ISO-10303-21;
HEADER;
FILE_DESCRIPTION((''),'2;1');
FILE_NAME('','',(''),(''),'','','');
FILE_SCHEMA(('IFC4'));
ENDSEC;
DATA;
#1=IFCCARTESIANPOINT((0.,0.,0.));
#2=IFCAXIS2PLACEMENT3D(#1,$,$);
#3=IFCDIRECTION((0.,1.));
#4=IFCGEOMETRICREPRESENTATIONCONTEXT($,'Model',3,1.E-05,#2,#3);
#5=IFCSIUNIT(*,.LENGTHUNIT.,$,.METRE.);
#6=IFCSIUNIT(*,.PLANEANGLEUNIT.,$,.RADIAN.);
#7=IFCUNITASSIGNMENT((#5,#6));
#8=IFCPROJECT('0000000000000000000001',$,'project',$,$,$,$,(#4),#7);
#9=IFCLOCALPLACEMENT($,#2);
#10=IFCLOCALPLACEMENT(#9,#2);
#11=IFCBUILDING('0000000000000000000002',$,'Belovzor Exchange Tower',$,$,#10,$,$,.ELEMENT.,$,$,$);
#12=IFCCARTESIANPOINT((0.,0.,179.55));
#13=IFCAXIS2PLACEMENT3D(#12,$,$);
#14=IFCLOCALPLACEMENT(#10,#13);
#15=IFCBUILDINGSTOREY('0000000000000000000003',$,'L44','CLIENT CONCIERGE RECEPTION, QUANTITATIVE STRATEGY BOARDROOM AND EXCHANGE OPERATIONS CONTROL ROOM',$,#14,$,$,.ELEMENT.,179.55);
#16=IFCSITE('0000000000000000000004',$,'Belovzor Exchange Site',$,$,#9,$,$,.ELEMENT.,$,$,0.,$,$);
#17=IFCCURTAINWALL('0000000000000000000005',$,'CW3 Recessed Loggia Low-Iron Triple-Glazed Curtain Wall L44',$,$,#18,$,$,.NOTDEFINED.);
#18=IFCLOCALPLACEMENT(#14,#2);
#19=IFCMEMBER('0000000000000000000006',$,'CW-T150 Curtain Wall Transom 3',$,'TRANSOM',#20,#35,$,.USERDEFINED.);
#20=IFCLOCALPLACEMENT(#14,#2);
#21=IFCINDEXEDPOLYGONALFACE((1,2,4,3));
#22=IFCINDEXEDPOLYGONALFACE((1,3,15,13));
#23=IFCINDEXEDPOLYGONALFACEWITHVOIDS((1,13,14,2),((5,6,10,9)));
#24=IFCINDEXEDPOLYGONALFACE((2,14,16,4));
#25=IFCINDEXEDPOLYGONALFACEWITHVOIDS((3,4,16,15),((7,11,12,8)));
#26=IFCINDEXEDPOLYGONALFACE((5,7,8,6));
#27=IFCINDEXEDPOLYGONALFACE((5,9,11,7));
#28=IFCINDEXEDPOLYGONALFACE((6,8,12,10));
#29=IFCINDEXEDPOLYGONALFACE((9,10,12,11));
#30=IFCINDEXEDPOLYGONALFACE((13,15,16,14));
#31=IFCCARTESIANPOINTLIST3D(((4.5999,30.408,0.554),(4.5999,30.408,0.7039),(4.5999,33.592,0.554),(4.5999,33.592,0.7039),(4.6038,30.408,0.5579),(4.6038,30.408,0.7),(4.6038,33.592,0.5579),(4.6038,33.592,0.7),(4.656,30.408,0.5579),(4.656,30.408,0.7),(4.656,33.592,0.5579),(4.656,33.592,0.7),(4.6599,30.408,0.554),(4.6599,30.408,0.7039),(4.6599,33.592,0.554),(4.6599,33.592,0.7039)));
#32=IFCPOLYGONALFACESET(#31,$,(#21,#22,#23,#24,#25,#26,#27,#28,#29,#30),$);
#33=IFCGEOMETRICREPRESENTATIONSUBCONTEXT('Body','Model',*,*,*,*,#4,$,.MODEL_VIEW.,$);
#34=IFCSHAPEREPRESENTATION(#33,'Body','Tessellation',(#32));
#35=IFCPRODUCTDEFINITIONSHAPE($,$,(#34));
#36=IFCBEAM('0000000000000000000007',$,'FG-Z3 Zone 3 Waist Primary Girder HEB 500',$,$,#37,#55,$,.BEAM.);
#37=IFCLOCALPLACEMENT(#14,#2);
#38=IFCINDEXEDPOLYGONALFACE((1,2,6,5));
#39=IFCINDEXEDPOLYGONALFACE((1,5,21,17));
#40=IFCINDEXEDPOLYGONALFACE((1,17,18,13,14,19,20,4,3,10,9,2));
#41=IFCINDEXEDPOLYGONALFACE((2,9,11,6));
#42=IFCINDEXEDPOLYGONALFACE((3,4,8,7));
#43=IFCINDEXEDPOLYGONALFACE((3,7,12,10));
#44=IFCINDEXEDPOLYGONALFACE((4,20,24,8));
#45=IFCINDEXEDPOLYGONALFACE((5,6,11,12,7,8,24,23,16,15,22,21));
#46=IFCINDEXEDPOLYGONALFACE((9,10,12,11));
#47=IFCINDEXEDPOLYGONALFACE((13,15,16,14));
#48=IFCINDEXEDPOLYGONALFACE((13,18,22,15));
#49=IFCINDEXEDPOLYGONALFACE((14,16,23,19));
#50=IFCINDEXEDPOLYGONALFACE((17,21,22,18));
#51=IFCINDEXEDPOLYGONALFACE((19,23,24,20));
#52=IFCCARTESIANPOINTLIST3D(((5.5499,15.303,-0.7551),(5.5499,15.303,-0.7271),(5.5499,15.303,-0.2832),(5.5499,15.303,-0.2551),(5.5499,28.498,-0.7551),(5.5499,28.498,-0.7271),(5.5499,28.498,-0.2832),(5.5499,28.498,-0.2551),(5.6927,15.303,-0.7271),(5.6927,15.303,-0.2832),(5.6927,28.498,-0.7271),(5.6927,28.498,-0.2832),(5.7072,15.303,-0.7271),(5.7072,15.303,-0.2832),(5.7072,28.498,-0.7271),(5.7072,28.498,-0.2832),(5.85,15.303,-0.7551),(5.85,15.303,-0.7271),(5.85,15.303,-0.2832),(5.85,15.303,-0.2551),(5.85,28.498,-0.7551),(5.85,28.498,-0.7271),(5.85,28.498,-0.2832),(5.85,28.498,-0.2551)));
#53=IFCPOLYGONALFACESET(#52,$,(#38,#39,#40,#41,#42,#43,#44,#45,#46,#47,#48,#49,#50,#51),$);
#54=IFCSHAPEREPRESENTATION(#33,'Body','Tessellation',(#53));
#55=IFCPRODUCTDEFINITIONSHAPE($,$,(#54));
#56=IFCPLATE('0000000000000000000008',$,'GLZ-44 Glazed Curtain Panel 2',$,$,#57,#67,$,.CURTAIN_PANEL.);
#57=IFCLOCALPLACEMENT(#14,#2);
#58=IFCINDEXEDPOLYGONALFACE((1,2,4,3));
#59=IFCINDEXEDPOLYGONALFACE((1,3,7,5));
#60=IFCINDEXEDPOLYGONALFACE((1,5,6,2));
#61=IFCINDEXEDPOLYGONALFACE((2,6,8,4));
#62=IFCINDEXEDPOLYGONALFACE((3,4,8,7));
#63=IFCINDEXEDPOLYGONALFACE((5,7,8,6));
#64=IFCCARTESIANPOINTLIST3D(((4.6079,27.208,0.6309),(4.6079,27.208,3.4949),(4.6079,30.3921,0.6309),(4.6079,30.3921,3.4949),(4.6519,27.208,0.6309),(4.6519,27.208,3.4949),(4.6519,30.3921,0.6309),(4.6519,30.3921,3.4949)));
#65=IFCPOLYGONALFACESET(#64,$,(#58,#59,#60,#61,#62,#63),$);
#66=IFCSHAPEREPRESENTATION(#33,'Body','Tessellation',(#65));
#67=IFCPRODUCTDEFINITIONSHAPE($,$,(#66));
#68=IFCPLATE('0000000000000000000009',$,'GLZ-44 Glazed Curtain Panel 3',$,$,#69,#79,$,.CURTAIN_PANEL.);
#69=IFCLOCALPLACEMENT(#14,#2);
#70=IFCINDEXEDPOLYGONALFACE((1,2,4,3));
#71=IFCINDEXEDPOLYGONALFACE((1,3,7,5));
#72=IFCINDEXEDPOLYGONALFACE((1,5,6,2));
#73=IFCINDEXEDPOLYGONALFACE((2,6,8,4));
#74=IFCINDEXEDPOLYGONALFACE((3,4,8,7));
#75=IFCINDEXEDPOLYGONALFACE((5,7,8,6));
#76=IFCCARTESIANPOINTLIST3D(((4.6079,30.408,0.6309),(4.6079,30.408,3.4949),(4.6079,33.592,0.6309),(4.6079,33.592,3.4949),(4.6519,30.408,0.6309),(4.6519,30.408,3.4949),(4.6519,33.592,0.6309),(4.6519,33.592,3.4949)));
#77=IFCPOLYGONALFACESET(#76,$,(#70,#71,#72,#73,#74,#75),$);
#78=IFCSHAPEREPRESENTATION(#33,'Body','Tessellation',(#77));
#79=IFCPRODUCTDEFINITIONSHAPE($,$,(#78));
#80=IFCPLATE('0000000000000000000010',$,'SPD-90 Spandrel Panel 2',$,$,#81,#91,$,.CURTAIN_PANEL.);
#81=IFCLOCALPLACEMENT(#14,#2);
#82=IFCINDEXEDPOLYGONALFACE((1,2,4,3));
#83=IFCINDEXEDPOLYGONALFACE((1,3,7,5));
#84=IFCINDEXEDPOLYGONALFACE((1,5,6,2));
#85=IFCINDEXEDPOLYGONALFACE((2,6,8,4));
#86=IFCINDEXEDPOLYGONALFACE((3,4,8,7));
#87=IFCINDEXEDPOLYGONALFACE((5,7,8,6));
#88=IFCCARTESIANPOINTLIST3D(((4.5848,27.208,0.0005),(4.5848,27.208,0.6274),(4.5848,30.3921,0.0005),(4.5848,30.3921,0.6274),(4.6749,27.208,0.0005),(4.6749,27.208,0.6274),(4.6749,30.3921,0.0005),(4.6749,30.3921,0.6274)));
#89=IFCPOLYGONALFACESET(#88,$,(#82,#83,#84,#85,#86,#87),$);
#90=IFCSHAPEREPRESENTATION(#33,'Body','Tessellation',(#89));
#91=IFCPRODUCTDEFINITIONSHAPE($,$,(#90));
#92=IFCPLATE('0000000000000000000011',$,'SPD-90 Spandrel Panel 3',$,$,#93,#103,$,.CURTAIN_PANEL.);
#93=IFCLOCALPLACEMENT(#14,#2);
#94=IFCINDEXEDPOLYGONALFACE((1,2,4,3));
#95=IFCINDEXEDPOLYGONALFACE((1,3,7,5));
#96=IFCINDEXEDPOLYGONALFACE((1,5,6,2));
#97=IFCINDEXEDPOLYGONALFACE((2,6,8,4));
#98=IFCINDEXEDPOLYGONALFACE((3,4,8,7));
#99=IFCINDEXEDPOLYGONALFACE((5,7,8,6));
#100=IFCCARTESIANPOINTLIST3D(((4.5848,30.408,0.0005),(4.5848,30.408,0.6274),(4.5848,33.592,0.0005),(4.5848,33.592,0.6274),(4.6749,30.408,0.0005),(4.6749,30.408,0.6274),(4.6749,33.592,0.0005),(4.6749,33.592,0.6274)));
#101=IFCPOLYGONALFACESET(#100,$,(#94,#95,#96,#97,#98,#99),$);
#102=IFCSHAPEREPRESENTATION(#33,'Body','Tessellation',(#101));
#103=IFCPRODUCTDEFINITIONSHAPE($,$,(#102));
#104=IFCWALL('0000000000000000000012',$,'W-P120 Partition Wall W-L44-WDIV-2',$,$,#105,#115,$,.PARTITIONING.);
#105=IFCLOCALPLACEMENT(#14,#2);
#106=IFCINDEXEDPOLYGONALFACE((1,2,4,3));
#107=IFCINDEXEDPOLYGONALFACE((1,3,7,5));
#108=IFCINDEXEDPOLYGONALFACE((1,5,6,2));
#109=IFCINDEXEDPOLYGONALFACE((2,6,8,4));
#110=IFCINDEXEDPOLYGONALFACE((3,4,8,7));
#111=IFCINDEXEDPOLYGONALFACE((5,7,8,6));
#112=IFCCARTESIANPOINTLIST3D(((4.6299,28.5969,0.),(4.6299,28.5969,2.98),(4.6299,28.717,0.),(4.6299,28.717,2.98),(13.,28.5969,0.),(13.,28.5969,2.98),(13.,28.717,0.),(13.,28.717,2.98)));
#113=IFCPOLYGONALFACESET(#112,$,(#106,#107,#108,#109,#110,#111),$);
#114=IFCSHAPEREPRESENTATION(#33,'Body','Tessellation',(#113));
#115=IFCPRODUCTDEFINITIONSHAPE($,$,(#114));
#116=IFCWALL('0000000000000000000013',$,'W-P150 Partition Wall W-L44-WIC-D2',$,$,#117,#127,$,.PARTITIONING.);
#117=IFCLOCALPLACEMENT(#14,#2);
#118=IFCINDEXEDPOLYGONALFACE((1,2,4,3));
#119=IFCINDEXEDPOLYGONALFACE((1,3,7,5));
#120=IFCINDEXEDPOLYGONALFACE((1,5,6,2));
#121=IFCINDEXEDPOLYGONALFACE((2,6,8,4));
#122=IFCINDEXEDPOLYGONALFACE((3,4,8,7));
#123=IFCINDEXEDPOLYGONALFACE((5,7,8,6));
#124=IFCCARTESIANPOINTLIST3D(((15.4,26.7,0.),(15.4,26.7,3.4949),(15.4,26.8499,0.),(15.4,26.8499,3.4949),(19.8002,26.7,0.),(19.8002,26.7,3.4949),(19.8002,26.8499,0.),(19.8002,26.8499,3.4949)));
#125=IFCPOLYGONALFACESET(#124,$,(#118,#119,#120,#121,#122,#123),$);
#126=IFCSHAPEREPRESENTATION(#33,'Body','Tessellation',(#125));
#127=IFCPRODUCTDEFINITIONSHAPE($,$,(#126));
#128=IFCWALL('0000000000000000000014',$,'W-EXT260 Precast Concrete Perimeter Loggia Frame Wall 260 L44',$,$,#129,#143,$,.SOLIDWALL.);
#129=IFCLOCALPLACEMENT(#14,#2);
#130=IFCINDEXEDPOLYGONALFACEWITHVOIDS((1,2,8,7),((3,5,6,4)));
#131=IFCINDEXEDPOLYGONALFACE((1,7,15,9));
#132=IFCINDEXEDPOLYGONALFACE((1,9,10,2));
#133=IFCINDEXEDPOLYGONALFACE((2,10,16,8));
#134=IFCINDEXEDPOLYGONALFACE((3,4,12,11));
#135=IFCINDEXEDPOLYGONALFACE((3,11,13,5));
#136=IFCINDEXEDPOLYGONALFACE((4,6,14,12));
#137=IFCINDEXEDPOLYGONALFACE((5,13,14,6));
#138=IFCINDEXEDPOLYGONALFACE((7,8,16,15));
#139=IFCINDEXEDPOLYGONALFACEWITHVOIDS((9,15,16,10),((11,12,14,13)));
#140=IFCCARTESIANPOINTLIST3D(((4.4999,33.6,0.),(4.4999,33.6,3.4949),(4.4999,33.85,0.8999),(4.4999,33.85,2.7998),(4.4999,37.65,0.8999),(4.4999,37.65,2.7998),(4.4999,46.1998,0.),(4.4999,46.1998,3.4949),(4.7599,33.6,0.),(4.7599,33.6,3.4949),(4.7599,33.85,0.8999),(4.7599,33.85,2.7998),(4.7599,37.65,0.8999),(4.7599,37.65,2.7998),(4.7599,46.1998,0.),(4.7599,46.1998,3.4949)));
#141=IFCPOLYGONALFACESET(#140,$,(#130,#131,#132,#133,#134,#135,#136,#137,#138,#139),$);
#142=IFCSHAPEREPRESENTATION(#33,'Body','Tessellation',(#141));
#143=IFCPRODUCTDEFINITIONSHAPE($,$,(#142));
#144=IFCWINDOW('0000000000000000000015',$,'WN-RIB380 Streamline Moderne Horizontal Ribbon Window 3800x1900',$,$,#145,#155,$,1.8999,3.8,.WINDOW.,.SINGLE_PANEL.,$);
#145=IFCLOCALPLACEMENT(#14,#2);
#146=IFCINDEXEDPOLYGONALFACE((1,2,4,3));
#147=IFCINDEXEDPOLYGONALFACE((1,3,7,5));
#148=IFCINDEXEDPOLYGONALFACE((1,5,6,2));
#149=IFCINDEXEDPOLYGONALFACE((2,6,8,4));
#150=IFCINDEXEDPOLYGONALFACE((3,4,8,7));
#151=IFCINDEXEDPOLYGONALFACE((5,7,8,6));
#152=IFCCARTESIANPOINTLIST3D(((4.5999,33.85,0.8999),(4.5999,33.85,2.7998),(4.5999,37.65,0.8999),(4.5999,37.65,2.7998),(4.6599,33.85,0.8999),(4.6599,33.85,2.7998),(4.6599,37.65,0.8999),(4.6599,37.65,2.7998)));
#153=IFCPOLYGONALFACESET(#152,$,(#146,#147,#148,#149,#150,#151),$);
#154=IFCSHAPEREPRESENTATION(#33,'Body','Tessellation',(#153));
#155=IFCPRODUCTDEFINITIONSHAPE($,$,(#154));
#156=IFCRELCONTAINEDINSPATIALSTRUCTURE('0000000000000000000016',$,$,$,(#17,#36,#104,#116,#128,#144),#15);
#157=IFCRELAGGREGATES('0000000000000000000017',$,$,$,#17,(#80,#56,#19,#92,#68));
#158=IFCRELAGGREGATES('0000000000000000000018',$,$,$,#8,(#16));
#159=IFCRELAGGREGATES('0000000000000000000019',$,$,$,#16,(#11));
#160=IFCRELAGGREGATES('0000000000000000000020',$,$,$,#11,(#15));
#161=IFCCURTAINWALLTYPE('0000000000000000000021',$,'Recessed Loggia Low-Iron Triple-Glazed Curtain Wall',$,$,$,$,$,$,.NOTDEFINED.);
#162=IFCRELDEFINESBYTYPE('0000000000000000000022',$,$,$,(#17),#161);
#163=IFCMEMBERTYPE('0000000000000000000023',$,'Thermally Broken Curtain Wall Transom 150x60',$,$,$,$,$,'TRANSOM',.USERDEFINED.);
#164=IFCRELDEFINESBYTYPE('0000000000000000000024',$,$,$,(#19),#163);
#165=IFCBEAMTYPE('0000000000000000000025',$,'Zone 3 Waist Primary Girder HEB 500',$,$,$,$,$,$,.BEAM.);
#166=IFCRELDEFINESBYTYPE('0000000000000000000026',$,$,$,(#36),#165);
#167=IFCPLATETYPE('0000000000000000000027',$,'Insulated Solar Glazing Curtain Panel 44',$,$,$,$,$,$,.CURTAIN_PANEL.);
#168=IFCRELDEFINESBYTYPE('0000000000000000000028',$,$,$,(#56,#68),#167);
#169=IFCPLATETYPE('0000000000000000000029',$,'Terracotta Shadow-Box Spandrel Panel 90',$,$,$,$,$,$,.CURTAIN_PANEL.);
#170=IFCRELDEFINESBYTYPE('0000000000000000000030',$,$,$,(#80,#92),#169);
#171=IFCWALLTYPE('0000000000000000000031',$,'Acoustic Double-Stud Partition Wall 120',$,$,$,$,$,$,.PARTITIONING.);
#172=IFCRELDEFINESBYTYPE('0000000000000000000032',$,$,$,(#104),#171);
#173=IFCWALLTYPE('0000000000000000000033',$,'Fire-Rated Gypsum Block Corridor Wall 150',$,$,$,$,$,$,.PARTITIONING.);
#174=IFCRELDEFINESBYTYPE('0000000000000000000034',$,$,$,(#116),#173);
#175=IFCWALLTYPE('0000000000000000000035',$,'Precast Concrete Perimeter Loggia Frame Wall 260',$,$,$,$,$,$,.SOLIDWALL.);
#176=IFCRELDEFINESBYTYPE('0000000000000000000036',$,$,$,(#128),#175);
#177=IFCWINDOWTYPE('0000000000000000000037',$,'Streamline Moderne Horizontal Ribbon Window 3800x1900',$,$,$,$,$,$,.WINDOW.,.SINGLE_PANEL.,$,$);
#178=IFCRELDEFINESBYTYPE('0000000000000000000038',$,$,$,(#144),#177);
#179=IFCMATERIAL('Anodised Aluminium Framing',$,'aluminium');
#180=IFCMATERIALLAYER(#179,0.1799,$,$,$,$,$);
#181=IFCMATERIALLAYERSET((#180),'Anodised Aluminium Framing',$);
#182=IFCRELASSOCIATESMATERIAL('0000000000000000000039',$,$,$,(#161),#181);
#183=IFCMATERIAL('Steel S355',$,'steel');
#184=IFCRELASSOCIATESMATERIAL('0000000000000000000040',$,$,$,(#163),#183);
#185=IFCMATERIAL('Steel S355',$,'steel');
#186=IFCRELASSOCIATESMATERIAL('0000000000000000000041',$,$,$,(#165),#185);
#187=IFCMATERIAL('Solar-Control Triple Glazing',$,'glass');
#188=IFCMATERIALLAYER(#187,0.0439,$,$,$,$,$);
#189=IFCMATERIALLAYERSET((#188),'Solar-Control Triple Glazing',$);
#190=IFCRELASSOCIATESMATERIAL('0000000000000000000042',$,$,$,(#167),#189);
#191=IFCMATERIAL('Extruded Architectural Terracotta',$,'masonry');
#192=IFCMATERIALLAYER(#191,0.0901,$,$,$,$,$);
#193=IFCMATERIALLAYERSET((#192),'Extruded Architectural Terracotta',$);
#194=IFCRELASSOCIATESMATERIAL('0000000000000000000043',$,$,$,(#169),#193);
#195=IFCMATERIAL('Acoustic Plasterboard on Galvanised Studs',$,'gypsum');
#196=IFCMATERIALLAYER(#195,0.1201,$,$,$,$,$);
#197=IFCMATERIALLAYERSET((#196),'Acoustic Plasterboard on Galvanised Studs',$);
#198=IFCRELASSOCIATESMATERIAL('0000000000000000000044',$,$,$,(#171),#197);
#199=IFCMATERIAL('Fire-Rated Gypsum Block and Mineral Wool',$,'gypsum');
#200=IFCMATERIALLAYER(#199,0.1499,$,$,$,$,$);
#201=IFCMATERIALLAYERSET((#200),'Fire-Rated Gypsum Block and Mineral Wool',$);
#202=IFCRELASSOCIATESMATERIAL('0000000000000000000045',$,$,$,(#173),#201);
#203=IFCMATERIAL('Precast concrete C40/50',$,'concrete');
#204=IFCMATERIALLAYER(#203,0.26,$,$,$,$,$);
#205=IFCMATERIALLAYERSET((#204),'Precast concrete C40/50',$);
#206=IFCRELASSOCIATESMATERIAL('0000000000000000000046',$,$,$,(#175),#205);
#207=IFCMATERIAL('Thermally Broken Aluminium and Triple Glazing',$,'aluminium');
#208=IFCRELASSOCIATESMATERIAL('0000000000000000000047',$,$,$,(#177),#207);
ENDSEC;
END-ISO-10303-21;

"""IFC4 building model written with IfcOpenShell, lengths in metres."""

from ifc_helpers import new_model, si_unit, direction, frame, frame_2d, origin, origin_2d, place, context, subcontext, project, spatial, rectangle, hollow_rectangle, i_section, extrude, material, layer, layer_set, material_profile, profile_set, type_object, element, fill, aggregate, save


model = new_model("IFC4")

# Units and contexts
model_context = context("Model", 3, precision=1e-05, world=origin(), true_north=direction((0.0, 1.0)))
body_context = subcontext(model_context, "Body", "Model", "MODEL_VIEW")
ifc_project = project(units=[si_unit("LENGTHUNIT", "METRE"), si_unit("PLANEANGLEUNIT", "RADIAN")], contexts=[model_context])

# Site, building, storey
site_placement = place(None, origin())
site = spatial("IfcSite", under=ifc_project, at=site_placement, Name="Belovzor Exchange Site", CompositionType="ELEMENT", RefElevation=0.0)
building_placement = place(site_placement, origin())
building = spatial("IfcBuilding", under=site, at=building_placement, Name="Belovzor Exchange Tower", CompositionType="ELEMENT")
storey_placement = place(building_placement, frame((0.0, 0.0, 179.55)))
storey = spatial("IfcBuildingStorey", under=building, at=storey_placement, Name="L44", Description="CLIENT CONCIERGE RECEPTION, QUANTITATIVE STRATEGY BOARDROOM AND EXCHANGE OPERATIONS CONTROL ROOM", CompositionType="ELEMENT", Elevation=179.55)

# Curtain wall, member
ifc_material_1 = material(Name="Anodised Aluminium Framing", Category="aluminium")
ifc_layer_1 = layer(ifc_material_1, 0.1799)
ifc_layer_set_1 = layer_set([ifc_layer_1], Name="Anodised Aluminium Framing")
curtain_wall_type = type_object("IfcCurtainWallType", Name="Recessed Loggia Low-Iron Triple-Glazed Curtain Wall", PredefinedType="NOTDEFINED", material=ifc_layer_set_1)
curtain_wall_placement = place(storey_placement, origin())
curtain_wall = element("IfcCurtainWall", 1, at=curtain_wall_placement, inside=storey, type_object=curtain_wall_type, Name="CW3 Recessed Loggia Low-Iron Triple-Glazed Curtain Wall L44", PredefinedType="NOTDEFINED")
ifc_material_2 = material(Name="Steel S355", Category="steel")
ifc_material_profile_1 = material_profile(ifc_material_2, hollow_rectangle(XDim=0.0601, YDim=0.1499, WallThickness=0.0039, at=origin_2d()))
ifc_profile_set_1 = profile_set([ifc_material_profile_1], Name="Steel S355")
member_type_1 = type_object("IfcMemberType", Name="Thermally Broken Curtain Wall Transom 150x60", ElementType="TRANSOM", PredefinedType="USERDEFINED", material=ifc_profile_set_1)
member_1_placement = place(storey_placement, frame((4.6299, 30.408, 0.6289), z_axis=(0.0, 1.0, 0.0), x_axis=(-1.0, 0.0, 0.0)))
member_1 = element("IfcMember", 2, at=member_1_placement, type_object=member_type_1, Name="CW-T150 Curtain Wall Transom 3", ObjectType="TRANSOM", PredefinedType="USERDEFINED", context=body_context, shape_type="SweptSolid", body=[
    extrude(hollow_rectangle(XDim=0.0601, YDim=0.1499, WallThickness=0.0039, at=origin_2d()), origin(), (0.0, 0.0, 1.0), 3.1841),
])

# Beam
ifc_material_3 = material(Name="Steel S355", Category="steel")
ifc_material_profile_2 = material_profile(ifc_material_3, i_section(OverallWidth=0.3, OverallDepth=0.5, WebThickness=0.0144, FlangeThickness=0.0281, at=origin_2d()))
ifc_profile_set_2 = profile_set([ifc_material_profile_2], Name="Steel S355")
beam_type_1 = type_object("IfcBeamType", Name="Zone 3 Waist Primary Girder HEB 500", PredefinedType="BEAM", material=ifc_profile_set_2)
beam_1_placement = place(storey_placement, frame((5.7, 28.498, -0.5051), z_axis=(0.0, -1.0, 0.0), x_axis=(1.0, 0.0, 0.0)))
element("IfcBeam", 3, at=beam_1_placement, inside=storey, type_object=beam_type_1, Name="FG-Z3 Zone 3 Waist Primary Girder HEB 500", PredefinedType="BEAM", context=body_context, shape_type="SweptSolid", body=[
    extrude(i_section(OverallWidth=0.3, OverallDepth=0.5, WebThickness=0.0144, FlangeThickness=0.0281, at=origin_2d()), origin(), (0.0, 0.0, 1.0), 13.1951),
])

# Plates
ifc_material_4 = material(Name="Solar-Control Triple Glazing", Category="glass")
ifc_layer_2 = layer(ifc_material_4, 0.0439)
ifc_layer_set_2 = layer_set([ifc_layer_2], Name="Solar-Control Triple Glazing")
plate_type_1 = type_object("IfcPlateType", Name="Insulated Solar Glazing Curtain Panel 44", PredefinedType="CURTAIN_PANEL", material=ifc_layer_set_2)
plate_1_placement = place(storey_placement, frame((4.6299, 28.8, 0.6309), z_axis=(0.0, 0.0, 1.0), x_axis=(0.0, 1.0, 0.0)))
plate_1 = element("IfcPlate", 4, at=plate_1_placement, type_object=plate_type_1, Name="GLZ-44 Glazed Curtain Panel 2", PredefinedType="CURTAIN_PANEL", context=body_context, shape_type="SweptSolid", body=[
    extrude(rectangle(XDim=3.1841, YDim=0.0439, at=origin_2d()), origin(), (0.0, 0.0, 1.0), 2.864),
])
plate_2_placement = place(storey_placement, frame((4.6299, 32.0, 0.6309), z_axis=(0.0, 0.0, 1.0), x_axis=(0.0, 1.0, 0.0)))
plate_2 = element("IfcPlate", 5, at=plate_2_placement, type_object=plate_type_1, Name="GLZ-44 Glazed Curtain Panel 3", PredefinedType="CURTAIN_PANEL", context=body_context, shape_type="SweptSolid", body=[
    extrude(rectangle(XDim=3.1841, YDim=0.0439, at=origin_2d()), origin(), (0.0, 0.0, 1.0), 2.864),
])
ifc_material_5 = material(Name="Extruded Architectural Terracotta", Category="masonry")
ifc_layer_3 = layer(ifc_material_5, 0.0901)
ifc_layer_set_3 = layer_set([ifc_layer_3], Name="Extruded Architectural Terracotta")
plate_type_2 = type_object("IfcPlateType", Name="Terracotta Shadow-Box Spandrel Panel 90", PredefinedType="CURTAIN_PANEL", material=ifc_layer_set_3)
plate_3_placement = place(storey_placement, frame((4.6299, 28.8, 0.0005), z_axis=(0.0, 0.0, 1.0), x_axis=(0.0, 1.0, 0.0)))
plate_3 = element("IfcPlate", 6, at=plate_3_placement, type_object=plate_type_2, Name="SPD-90 Spandrel Panel 2", PredefinedType="CURTAIN_PANEL", context=body_context, shape_type="SweptSolid", body=[
    extrude(rectangle(XDim=3.1841, YDim=0.0901, at=origin_2d()), origin(), (0.0, 0.0, 1.0), 0.627),
])
plate_4_placement = place(storey_placement, frame((4.6299, 32.0, 0.0005), z_axis=(0.0, 0.0, 1.0), x_axis=(0.0, 1.0, 0.0)))
plate_4 = element("IfcPlate", 7, at=plate_4_placement, type_object=plate_type_2, Name="SPD-90 Spandrel Panel 3", PredefinedType="CURTAIN_PANEL", context=body_context, shape_type="SweptSolid", body=[
    extrude(rectangle(XDim=3.1841, YDim=0.0901, at=origin_2d()), origin(), (0.0, 0.0, 1.0), 0.627),
])
aggregate(curtain_wall, [plate_3, plate_1, member_1, plate_4, plate_2])

# Walls
ifc_material_6 = material(Name="Acoustic Plasterboard on Galvanised Studs", Category="gypsum")
ifc_layer_4 = layer(ifc_material_6, 0.1201)
ifc_layer_set_4 = layer_set([ifc_layer_4], Name="Acoustic Plasterboard on Galvanised Studs")
wall_type_1 = type_object("IfcWallType", Name="Acoustic Double-Stud Partition Wall 120", PredefinedType="PARTITIONING", material=ifc_layer_set_4)
wall_1_placement = place(storey_placement, frame((4.6299, 28.657, 0.0), z_axis=(0.0, 0.0, 1.0), x_axis=(1.0, 0.0, 0.0)))
element("IfcWall", 8, at=wall_1_placement, inside=storey, type_object=wall_type_1, Name="W-P120 Partition Wall W-L44-WDIV-2", PredefinedType="PARTITIONING", context=body_context, shape_type="SweptSolid", body=[
    extrude(rectangle(XDim=8.3701, YDim=0.1201, at=frame_2d((4.1851, 0.0))), origin(), (0.0, 0.0, 1.0), 2.98),
])
ifc_material_7 = material(Name="Fire-Rated Gypsum Block and Mineral Wool", Category="gypsum")
ifc_layer_5 = layer(ifc_material_7, 0.1499)
ifc_layer_set_5 = layer_set([ifc_layer_5], Name="Fire-Rated Gypsum Block and Mineral Wool")
wall_type_2 = type_object("IfcWallType", Name="Fire-Rated Gypsum Block Corridor Wall 150", PredefinedType="PARTITIONING", material=ifc_layer_set_5)
wall_2_placement = place(storey_placement, frame((15.3999, 26.7749, 0.0), z_axis=(0.0, 0.0, 1.0), x_axis=(1.0, 0.0, 0.0)))
element("IfcWall", 9, at=wall_2_placement, inside=storey, type_object=wall_type_2, Name="W-P150 Partition Wall W-L44-WIC-D2", PredefinedType="PARTITIONING", context=body_context, shape_type="SweptSolid", body=[
    extrude(rectangle(XDim=4.4001, YDim=0.1499, at=frame_2d((2.2002, 0.0))), origin(), (0.0, 0.0, 1.0), 3.4949),
])

# Wall, opening, window
ifc_material_8 = material(Name="Precast concrete C40/50", Category="concrete")
ifc_layer_6 = layer(ifc_material_8, 0.26)
ifc_layer_set_6 = layer_set([ifc_layer_6], Name="Precast concrete C40/50")
wall_type_3 = type_object("IfcWallType", Name="Precast Concrete Perimeter Loggia Frame Wall 260", PredefinedType="SOLIDWALL", material=ifc_layer_set_6)
wall_3_placement = place(storey_placement, frame((4.6299, 33.6001, 0.0), z_axis=(0.0, 0.0, 1.0), x_axis=(0.0, 1.0, 0.0)))
wall_3 = element("IfcWall", 10, at=wall_3_placement, inside=storey, type_object=wall_type_3, Name="W-EXT260 Precast Concrete Perimeter Loggia Frame Wall 260 L44", PredefinedType="SOLIDWALL", context=body_context, shape_type="SweptSolid", body=[
    extrude(rectangle(XDim=12.5999, YDim=0.26, at=frame_2d((6.2998, 0.0))), origin(), (0.0, 0.0, 1.0), 3.4949),
])
opening_placement = place(wall_3_placement, frame((0.25, 0.0, 0.8999)))
opening = element("IfcOpeningElement", 11, at=opening_placement, cuts=wall_3, PredefinedType="OPENING", context=body_context, shape_type="SweptSolid", body=[
    extrude(rectangle(XDim=3.8, YDim=1.8999, at=frame_2d((1.8999, 0.95))), frame((0.0, 0.1399, 0.0), z_axis=(0.0, -1.0, 0.0), x_axis=(1.0, 0.0, 0.0)), (0.0, 0.0, 1.0), 0.28),
])
ifc_material_9 = material(Name="Thermally Broken Aluminium and Triple Glazing", Category="aluminium")
window_type = type_object("IfcWindowType", Name="Streamline Moderne Horizontal Ribbon Window 3800x1900", PartitioningType="SINGLE_PANEL", PredefinedType="WINDOW", material=ifc_material_9)
window_placement = place(opening_placement, origin())
window = element("IfcWindow", 12, at=window_placement, inside=storey, type_object=window_type, Name="WN-RIB380 Streamline Moderne Horizontal Ribbon Window 3800x1900", OverallHeight=1.8999, OverallWidth=3.8, PartitioningType="SINGLE_PANEL", PredefinedType="WINDOW", context=body_context, shape_type="SweptSolid", body=[
    extrude(rectangle(XDim=3.8, YDim=1.8999, at=frame_2d((1.8999, 0.95))), frame((0.0, 0.03, 0.0), z_axis=(0.0, -1.0, 0.0), x_axis=(1.0, 0.0, 0.0)), (0.0, 0.0, 1.0), 0.0601),
])
fill(opening, window)

save(model, "model.ifc")
